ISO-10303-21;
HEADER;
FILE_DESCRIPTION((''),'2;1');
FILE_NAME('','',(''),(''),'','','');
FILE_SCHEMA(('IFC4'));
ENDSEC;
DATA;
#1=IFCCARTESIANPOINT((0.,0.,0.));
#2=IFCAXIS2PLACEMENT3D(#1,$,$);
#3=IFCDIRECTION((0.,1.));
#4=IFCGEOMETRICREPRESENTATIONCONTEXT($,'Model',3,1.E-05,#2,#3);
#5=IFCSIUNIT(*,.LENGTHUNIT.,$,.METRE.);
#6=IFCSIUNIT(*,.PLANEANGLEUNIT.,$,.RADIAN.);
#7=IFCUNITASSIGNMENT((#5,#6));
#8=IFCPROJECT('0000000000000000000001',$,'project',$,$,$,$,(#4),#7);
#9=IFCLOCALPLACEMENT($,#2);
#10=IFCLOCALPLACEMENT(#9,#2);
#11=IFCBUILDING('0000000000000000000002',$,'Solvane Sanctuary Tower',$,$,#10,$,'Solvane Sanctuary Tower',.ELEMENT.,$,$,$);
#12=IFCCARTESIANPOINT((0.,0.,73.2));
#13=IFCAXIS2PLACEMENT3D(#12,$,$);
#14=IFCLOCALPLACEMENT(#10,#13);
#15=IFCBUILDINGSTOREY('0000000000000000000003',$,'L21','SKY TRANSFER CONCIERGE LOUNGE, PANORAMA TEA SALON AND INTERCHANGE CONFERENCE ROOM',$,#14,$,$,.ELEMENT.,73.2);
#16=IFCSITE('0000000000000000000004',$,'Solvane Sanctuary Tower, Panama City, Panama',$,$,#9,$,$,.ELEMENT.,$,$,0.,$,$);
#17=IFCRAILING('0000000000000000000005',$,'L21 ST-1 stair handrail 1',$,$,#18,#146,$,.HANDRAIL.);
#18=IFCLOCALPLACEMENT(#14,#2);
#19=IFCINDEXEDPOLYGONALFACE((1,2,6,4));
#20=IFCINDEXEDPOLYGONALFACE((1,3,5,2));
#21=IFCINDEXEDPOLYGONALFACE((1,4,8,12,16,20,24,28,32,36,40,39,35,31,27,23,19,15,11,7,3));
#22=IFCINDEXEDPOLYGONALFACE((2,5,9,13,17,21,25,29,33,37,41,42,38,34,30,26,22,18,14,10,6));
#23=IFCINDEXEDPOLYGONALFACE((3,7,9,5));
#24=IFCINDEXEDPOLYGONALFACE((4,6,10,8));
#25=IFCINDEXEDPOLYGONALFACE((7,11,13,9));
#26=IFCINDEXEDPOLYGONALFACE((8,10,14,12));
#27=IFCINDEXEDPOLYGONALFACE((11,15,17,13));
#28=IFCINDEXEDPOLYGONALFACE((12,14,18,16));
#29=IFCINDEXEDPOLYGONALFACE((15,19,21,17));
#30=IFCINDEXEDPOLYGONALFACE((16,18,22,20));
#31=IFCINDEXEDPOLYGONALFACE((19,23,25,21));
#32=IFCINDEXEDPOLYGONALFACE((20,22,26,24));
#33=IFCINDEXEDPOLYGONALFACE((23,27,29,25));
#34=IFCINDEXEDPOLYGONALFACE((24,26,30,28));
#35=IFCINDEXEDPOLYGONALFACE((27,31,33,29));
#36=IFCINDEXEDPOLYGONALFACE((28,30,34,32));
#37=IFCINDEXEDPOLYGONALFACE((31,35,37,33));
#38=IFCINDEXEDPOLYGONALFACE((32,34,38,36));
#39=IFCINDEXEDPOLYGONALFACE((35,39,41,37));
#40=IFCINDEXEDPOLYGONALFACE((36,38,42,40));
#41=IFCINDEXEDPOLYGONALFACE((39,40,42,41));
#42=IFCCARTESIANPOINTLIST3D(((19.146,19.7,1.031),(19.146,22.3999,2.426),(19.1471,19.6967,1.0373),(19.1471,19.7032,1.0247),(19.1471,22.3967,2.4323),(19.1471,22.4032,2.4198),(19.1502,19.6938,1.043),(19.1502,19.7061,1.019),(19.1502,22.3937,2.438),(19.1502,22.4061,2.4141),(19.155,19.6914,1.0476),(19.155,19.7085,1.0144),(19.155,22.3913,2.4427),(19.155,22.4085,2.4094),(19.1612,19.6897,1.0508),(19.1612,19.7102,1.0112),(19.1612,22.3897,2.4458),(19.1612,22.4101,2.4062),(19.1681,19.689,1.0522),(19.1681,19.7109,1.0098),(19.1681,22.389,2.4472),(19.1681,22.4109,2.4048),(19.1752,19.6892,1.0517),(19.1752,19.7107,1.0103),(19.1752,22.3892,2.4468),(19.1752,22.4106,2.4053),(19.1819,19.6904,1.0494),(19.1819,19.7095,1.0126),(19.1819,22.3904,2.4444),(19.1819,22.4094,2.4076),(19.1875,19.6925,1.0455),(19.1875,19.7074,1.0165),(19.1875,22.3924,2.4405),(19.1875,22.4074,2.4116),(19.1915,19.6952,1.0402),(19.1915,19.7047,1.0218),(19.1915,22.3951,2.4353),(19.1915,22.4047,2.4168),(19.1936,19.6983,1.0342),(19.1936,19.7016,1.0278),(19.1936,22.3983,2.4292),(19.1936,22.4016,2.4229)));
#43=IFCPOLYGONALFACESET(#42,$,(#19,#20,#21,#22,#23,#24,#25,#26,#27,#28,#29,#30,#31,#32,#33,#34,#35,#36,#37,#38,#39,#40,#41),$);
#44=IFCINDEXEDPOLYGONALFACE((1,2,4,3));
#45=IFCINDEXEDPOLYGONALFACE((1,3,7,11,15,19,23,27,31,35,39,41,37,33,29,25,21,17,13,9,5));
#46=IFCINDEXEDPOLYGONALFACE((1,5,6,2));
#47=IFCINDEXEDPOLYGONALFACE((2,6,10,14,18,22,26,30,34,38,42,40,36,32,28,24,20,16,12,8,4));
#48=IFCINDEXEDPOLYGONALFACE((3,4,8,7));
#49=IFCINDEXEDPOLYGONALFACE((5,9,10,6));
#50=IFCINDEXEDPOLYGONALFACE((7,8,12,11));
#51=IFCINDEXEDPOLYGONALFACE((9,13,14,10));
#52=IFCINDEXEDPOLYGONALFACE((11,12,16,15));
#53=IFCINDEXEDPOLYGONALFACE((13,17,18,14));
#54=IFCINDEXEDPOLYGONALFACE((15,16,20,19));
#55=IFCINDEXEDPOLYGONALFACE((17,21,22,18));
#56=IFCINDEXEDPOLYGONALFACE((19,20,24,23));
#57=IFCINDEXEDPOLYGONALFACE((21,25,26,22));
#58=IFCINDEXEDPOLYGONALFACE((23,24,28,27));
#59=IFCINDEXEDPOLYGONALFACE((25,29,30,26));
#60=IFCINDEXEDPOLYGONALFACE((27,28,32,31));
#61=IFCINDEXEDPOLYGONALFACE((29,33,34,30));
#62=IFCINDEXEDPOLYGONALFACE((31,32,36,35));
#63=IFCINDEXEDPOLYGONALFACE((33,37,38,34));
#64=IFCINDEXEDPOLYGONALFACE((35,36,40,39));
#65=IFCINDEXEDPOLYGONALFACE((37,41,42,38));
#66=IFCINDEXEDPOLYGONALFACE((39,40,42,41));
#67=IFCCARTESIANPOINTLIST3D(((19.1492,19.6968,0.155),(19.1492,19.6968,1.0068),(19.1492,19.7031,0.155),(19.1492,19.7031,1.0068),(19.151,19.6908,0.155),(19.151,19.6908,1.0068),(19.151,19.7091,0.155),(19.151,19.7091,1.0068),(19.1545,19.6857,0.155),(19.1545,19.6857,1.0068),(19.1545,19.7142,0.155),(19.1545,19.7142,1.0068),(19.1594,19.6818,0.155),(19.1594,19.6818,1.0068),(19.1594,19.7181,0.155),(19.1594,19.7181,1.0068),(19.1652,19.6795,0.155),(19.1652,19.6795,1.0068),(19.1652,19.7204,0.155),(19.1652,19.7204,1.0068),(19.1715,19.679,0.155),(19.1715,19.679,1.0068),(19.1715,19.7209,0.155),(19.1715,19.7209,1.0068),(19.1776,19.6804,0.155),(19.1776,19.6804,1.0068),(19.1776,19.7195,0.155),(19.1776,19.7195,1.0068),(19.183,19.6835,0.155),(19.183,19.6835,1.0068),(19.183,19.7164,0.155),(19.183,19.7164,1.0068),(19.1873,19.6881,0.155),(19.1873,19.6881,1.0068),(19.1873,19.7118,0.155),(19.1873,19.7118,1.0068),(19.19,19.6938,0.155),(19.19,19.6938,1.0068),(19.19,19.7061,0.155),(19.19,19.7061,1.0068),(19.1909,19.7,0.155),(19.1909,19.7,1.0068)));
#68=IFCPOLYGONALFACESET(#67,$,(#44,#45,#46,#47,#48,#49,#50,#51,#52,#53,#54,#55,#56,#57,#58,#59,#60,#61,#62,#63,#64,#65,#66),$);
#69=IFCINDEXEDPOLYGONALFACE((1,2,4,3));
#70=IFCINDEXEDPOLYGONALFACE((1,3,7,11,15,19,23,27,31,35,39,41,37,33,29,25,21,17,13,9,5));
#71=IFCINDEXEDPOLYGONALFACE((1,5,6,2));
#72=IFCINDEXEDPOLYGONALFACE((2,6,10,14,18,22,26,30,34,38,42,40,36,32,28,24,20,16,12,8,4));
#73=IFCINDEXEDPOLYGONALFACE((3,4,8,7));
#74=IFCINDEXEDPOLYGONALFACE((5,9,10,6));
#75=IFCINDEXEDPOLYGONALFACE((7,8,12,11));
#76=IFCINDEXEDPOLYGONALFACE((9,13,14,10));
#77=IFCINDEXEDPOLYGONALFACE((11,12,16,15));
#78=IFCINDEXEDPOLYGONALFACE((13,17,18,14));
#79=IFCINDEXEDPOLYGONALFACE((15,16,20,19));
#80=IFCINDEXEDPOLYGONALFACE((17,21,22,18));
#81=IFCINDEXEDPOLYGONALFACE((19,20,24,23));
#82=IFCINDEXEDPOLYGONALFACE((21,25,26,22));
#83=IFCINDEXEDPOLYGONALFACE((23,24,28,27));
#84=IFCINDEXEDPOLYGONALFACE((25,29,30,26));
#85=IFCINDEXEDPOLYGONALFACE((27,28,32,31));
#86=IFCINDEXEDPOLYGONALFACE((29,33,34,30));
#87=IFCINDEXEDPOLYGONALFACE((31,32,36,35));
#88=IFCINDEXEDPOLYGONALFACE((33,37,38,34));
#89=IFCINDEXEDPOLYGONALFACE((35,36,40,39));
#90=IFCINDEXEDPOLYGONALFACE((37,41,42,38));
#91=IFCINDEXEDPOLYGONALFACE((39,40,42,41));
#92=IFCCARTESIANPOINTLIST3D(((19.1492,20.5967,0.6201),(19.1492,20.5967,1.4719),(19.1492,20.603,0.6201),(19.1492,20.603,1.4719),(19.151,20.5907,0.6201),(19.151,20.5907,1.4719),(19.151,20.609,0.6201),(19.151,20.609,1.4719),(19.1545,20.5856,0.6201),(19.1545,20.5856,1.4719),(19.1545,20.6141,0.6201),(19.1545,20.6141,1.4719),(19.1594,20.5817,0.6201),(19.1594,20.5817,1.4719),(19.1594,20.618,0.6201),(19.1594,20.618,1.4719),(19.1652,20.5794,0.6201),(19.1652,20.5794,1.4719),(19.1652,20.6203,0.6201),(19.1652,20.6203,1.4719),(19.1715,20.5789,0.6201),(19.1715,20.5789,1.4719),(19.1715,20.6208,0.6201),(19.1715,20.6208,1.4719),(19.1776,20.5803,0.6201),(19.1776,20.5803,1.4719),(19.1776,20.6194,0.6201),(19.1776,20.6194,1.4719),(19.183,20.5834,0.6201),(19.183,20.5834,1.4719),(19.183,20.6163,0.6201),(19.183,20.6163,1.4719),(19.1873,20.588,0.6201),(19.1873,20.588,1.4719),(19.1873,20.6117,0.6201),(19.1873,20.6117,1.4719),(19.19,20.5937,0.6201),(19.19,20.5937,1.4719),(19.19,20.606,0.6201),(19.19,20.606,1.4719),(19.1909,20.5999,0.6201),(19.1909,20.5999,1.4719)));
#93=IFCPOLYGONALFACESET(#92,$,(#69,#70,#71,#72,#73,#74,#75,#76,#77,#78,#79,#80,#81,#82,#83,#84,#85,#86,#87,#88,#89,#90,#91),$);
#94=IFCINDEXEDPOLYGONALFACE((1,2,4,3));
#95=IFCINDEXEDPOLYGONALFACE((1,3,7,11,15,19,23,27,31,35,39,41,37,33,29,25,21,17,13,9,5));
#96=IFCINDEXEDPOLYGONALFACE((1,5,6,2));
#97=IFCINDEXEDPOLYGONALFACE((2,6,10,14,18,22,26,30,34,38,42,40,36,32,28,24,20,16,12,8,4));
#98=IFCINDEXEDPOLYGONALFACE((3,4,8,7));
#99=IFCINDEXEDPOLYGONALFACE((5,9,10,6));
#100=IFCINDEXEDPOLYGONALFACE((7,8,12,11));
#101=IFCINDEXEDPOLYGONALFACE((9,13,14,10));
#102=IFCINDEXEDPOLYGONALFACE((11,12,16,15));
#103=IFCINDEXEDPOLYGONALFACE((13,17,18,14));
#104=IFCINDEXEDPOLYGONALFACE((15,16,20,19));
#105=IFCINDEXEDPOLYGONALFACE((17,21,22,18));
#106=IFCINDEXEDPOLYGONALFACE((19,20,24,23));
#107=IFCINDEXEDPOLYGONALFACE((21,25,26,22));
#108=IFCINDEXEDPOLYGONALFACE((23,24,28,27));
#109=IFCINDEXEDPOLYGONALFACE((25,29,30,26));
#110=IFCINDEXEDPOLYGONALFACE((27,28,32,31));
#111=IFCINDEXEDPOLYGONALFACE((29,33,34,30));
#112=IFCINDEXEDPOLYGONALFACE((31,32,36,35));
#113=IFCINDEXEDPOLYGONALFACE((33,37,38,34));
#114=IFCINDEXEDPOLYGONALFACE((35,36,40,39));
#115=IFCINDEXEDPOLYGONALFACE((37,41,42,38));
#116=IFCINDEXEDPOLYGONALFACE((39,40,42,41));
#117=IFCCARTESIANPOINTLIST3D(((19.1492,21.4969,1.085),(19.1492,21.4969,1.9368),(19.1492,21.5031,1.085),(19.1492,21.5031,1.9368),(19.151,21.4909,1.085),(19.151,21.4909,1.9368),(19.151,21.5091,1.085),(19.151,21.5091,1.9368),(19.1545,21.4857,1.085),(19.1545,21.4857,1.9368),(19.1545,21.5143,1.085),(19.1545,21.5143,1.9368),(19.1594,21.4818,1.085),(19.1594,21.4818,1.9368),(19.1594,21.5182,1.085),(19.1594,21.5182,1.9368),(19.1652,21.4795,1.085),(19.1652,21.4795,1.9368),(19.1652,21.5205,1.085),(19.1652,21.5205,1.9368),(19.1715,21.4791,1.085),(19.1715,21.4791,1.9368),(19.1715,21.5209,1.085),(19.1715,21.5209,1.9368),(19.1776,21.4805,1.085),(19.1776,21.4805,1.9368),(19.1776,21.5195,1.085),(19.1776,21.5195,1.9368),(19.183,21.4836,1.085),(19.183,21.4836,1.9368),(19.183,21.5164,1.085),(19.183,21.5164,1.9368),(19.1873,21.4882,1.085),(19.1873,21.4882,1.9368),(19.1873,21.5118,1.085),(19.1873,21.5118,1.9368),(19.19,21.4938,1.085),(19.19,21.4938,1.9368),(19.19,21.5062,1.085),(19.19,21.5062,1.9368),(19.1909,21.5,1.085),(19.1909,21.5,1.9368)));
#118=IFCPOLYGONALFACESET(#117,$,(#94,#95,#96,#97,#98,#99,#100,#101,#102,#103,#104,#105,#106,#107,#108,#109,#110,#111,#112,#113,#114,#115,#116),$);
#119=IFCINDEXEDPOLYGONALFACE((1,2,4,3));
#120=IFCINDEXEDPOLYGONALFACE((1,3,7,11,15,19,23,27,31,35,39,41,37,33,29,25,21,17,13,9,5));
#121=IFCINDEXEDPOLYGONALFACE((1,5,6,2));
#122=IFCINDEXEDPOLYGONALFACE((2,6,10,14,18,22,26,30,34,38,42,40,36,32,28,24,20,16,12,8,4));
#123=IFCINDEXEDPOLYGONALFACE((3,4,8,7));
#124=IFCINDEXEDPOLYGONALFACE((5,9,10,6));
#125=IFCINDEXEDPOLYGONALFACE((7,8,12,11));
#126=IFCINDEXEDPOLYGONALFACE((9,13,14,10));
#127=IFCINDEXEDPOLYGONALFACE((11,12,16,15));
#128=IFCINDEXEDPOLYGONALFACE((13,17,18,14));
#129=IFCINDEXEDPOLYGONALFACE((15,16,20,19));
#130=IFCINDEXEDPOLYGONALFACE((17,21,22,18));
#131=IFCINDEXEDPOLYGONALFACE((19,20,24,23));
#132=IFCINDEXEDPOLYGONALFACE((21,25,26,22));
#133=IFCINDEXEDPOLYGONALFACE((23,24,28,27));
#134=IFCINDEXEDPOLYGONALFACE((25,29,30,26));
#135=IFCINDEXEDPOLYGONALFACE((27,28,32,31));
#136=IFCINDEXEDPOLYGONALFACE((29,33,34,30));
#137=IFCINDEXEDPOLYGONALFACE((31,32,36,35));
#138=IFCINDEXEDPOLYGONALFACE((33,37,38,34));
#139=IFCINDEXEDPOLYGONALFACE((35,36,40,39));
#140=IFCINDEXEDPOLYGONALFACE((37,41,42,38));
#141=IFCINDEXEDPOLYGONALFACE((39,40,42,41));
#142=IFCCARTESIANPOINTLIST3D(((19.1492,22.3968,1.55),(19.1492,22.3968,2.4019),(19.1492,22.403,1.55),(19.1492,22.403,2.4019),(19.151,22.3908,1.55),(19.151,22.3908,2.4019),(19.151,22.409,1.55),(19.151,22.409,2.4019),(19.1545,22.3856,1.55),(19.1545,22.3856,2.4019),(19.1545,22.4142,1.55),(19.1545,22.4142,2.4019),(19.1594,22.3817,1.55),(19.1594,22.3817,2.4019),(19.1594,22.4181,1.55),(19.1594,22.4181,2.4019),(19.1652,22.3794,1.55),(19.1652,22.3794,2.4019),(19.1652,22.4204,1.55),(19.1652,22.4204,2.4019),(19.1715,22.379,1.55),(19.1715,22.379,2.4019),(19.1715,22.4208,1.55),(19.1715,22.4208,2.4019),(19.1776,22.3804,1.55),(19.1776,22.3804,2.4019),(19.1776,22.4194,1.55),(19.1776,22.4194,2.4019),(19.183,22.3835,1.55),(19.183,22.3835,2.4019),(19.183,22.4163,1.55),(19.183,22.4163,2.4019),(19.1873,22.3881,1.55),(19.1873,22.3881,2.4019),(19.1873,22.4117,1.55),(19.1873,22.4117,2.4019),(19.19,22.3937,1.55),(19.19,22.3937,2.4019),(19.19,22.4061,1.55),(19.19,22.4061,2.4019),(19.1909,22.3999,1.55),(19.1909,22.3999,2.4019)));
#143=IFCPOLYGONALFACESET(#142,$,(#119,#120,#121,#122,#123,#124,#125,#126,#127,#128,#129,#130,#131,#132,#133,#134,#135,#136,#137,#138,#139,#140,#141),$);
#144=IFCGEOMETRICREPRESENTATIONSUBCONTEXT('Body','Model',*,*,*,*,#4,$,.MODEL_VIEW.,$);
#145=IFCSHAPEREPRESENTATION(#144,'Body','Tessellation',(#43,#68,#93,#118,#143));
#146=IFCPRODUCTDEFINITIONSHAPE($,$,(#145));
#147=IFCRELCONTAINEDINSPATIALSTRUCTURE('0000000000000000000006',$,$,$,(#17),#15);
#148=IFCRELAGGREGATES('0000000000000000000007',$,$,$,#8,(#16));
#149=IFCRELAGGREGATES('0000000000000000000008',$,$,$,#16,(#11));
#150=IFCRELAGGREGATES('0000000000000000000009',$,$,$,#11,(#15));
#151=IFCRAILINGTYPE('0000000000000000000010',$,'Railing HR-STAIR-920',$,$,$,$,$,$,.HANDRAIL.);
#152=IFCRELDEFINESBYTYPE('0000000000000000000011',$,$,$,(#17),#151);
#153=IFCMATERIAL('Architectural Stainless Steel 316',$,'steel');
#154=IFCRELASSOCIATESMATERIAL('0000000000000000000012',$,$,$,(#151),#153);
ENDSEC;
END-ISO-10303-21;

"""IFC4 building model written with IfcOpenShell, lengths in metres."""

from ifc_helpers import new_model, si_unit, direction, frame, origin, origin_2d, place, context, subcontext, project, spatial, circle, extrude, material, type_object, element, save


model = new_model("IFC4")

# Units and contexts
model_context = context("Model", 3, precision=1e-05, world=origin(), true_north=direction((0.0, 1.0)))
body_context = subcontext(model_context, "Body", "Model", "MODEL_VIEW")
ifc_project = project(units=[si_unit("LENGTHUNIT", "METRE"), si_unit("PLANEANGLEUNIT", "RADIAN")], contexts=[model_context])

# Site, building, storey
site_placement = place(None, origin())
site = spatial("IfcSite", under=ifc_project, at=site_placement, Name="Solvane Sanctuary Tower, Panama City, Panama", CompositionType="ELEMENT", RefElevation=0.0)
building_placement = place(site_placement, origin())
building = spatial("IfcBuilding", under=site, at=building_placement, Name="Solvane Sanctuary Tower", LongName="Solvane Sanctuary Tower", CompositionType="ELEMENT")
storey_placement = place(building_placement, frame((0.0, 0.0, 73.2)))
storey = spatial("IfcBuildingStorey", under=building, at=storey_placement, Name="L21", Description="SKY TRANSFER CONCIERGE LOUNGE, PANORAMA TEA SALON AND INTERCHANGE CONFERENCE ROOM", CompositionType="ELEMENT", Elevation=73.2)

# Shared definitions
ifc_material_1 = material(Name="Architectural Stainless Steel 316", Category="steel")

# Railing
railing_type_1 = type_object("IfcRailingType", Name="Railing HR-STAIR-920", PredefinedType="HANDRAIL", material=ifc_material_1)
railing_1_placement = place(storey_placement, frame((19.1699, 19.7, 0.155)))
element("IfcRailing", 1, at=railing_1_placement, inside=storey, type_object=railing_type_1, Name="L21 ST-1 stair handrail 1", PredefinedType="HANDRAIL", context=body_context, shape_type="SweptSolid", body=[
    extrude(circle(Radius=0.0239, at=origin_2d()), frame((0.0, 0.0, 0.876), z_axis=(0.0, 0.88842, 0.459032), x_axis=(-1.0, 0.0, 0.0)), (0.0, 0.0, 1.0), 3.0391),
    extrude(circle(Radius=0.021, at=origin_2d()), origin(), (0.0, 0.0, 1.0), 0.8518),
    extrude(circle(Radius=0.021, at=origin_2d()), frame((0.0, 0.8999, 0.4651)), (0.0, 0.0, 1.0), 0.8518),
    extrude(circle(Radius=0.021, at=origin_2d()), frame((0.0, 1.8, 0.9299)), (0.0, 0.0, 1.0), 0.8518),
    extrude(circle(Radius=0.021, at=origin_2d()), frame((0.0, 2.7, 1.395)), (0.0, 0.0, 1.0), 0.8518),
])

save(model, "model.ifc")
